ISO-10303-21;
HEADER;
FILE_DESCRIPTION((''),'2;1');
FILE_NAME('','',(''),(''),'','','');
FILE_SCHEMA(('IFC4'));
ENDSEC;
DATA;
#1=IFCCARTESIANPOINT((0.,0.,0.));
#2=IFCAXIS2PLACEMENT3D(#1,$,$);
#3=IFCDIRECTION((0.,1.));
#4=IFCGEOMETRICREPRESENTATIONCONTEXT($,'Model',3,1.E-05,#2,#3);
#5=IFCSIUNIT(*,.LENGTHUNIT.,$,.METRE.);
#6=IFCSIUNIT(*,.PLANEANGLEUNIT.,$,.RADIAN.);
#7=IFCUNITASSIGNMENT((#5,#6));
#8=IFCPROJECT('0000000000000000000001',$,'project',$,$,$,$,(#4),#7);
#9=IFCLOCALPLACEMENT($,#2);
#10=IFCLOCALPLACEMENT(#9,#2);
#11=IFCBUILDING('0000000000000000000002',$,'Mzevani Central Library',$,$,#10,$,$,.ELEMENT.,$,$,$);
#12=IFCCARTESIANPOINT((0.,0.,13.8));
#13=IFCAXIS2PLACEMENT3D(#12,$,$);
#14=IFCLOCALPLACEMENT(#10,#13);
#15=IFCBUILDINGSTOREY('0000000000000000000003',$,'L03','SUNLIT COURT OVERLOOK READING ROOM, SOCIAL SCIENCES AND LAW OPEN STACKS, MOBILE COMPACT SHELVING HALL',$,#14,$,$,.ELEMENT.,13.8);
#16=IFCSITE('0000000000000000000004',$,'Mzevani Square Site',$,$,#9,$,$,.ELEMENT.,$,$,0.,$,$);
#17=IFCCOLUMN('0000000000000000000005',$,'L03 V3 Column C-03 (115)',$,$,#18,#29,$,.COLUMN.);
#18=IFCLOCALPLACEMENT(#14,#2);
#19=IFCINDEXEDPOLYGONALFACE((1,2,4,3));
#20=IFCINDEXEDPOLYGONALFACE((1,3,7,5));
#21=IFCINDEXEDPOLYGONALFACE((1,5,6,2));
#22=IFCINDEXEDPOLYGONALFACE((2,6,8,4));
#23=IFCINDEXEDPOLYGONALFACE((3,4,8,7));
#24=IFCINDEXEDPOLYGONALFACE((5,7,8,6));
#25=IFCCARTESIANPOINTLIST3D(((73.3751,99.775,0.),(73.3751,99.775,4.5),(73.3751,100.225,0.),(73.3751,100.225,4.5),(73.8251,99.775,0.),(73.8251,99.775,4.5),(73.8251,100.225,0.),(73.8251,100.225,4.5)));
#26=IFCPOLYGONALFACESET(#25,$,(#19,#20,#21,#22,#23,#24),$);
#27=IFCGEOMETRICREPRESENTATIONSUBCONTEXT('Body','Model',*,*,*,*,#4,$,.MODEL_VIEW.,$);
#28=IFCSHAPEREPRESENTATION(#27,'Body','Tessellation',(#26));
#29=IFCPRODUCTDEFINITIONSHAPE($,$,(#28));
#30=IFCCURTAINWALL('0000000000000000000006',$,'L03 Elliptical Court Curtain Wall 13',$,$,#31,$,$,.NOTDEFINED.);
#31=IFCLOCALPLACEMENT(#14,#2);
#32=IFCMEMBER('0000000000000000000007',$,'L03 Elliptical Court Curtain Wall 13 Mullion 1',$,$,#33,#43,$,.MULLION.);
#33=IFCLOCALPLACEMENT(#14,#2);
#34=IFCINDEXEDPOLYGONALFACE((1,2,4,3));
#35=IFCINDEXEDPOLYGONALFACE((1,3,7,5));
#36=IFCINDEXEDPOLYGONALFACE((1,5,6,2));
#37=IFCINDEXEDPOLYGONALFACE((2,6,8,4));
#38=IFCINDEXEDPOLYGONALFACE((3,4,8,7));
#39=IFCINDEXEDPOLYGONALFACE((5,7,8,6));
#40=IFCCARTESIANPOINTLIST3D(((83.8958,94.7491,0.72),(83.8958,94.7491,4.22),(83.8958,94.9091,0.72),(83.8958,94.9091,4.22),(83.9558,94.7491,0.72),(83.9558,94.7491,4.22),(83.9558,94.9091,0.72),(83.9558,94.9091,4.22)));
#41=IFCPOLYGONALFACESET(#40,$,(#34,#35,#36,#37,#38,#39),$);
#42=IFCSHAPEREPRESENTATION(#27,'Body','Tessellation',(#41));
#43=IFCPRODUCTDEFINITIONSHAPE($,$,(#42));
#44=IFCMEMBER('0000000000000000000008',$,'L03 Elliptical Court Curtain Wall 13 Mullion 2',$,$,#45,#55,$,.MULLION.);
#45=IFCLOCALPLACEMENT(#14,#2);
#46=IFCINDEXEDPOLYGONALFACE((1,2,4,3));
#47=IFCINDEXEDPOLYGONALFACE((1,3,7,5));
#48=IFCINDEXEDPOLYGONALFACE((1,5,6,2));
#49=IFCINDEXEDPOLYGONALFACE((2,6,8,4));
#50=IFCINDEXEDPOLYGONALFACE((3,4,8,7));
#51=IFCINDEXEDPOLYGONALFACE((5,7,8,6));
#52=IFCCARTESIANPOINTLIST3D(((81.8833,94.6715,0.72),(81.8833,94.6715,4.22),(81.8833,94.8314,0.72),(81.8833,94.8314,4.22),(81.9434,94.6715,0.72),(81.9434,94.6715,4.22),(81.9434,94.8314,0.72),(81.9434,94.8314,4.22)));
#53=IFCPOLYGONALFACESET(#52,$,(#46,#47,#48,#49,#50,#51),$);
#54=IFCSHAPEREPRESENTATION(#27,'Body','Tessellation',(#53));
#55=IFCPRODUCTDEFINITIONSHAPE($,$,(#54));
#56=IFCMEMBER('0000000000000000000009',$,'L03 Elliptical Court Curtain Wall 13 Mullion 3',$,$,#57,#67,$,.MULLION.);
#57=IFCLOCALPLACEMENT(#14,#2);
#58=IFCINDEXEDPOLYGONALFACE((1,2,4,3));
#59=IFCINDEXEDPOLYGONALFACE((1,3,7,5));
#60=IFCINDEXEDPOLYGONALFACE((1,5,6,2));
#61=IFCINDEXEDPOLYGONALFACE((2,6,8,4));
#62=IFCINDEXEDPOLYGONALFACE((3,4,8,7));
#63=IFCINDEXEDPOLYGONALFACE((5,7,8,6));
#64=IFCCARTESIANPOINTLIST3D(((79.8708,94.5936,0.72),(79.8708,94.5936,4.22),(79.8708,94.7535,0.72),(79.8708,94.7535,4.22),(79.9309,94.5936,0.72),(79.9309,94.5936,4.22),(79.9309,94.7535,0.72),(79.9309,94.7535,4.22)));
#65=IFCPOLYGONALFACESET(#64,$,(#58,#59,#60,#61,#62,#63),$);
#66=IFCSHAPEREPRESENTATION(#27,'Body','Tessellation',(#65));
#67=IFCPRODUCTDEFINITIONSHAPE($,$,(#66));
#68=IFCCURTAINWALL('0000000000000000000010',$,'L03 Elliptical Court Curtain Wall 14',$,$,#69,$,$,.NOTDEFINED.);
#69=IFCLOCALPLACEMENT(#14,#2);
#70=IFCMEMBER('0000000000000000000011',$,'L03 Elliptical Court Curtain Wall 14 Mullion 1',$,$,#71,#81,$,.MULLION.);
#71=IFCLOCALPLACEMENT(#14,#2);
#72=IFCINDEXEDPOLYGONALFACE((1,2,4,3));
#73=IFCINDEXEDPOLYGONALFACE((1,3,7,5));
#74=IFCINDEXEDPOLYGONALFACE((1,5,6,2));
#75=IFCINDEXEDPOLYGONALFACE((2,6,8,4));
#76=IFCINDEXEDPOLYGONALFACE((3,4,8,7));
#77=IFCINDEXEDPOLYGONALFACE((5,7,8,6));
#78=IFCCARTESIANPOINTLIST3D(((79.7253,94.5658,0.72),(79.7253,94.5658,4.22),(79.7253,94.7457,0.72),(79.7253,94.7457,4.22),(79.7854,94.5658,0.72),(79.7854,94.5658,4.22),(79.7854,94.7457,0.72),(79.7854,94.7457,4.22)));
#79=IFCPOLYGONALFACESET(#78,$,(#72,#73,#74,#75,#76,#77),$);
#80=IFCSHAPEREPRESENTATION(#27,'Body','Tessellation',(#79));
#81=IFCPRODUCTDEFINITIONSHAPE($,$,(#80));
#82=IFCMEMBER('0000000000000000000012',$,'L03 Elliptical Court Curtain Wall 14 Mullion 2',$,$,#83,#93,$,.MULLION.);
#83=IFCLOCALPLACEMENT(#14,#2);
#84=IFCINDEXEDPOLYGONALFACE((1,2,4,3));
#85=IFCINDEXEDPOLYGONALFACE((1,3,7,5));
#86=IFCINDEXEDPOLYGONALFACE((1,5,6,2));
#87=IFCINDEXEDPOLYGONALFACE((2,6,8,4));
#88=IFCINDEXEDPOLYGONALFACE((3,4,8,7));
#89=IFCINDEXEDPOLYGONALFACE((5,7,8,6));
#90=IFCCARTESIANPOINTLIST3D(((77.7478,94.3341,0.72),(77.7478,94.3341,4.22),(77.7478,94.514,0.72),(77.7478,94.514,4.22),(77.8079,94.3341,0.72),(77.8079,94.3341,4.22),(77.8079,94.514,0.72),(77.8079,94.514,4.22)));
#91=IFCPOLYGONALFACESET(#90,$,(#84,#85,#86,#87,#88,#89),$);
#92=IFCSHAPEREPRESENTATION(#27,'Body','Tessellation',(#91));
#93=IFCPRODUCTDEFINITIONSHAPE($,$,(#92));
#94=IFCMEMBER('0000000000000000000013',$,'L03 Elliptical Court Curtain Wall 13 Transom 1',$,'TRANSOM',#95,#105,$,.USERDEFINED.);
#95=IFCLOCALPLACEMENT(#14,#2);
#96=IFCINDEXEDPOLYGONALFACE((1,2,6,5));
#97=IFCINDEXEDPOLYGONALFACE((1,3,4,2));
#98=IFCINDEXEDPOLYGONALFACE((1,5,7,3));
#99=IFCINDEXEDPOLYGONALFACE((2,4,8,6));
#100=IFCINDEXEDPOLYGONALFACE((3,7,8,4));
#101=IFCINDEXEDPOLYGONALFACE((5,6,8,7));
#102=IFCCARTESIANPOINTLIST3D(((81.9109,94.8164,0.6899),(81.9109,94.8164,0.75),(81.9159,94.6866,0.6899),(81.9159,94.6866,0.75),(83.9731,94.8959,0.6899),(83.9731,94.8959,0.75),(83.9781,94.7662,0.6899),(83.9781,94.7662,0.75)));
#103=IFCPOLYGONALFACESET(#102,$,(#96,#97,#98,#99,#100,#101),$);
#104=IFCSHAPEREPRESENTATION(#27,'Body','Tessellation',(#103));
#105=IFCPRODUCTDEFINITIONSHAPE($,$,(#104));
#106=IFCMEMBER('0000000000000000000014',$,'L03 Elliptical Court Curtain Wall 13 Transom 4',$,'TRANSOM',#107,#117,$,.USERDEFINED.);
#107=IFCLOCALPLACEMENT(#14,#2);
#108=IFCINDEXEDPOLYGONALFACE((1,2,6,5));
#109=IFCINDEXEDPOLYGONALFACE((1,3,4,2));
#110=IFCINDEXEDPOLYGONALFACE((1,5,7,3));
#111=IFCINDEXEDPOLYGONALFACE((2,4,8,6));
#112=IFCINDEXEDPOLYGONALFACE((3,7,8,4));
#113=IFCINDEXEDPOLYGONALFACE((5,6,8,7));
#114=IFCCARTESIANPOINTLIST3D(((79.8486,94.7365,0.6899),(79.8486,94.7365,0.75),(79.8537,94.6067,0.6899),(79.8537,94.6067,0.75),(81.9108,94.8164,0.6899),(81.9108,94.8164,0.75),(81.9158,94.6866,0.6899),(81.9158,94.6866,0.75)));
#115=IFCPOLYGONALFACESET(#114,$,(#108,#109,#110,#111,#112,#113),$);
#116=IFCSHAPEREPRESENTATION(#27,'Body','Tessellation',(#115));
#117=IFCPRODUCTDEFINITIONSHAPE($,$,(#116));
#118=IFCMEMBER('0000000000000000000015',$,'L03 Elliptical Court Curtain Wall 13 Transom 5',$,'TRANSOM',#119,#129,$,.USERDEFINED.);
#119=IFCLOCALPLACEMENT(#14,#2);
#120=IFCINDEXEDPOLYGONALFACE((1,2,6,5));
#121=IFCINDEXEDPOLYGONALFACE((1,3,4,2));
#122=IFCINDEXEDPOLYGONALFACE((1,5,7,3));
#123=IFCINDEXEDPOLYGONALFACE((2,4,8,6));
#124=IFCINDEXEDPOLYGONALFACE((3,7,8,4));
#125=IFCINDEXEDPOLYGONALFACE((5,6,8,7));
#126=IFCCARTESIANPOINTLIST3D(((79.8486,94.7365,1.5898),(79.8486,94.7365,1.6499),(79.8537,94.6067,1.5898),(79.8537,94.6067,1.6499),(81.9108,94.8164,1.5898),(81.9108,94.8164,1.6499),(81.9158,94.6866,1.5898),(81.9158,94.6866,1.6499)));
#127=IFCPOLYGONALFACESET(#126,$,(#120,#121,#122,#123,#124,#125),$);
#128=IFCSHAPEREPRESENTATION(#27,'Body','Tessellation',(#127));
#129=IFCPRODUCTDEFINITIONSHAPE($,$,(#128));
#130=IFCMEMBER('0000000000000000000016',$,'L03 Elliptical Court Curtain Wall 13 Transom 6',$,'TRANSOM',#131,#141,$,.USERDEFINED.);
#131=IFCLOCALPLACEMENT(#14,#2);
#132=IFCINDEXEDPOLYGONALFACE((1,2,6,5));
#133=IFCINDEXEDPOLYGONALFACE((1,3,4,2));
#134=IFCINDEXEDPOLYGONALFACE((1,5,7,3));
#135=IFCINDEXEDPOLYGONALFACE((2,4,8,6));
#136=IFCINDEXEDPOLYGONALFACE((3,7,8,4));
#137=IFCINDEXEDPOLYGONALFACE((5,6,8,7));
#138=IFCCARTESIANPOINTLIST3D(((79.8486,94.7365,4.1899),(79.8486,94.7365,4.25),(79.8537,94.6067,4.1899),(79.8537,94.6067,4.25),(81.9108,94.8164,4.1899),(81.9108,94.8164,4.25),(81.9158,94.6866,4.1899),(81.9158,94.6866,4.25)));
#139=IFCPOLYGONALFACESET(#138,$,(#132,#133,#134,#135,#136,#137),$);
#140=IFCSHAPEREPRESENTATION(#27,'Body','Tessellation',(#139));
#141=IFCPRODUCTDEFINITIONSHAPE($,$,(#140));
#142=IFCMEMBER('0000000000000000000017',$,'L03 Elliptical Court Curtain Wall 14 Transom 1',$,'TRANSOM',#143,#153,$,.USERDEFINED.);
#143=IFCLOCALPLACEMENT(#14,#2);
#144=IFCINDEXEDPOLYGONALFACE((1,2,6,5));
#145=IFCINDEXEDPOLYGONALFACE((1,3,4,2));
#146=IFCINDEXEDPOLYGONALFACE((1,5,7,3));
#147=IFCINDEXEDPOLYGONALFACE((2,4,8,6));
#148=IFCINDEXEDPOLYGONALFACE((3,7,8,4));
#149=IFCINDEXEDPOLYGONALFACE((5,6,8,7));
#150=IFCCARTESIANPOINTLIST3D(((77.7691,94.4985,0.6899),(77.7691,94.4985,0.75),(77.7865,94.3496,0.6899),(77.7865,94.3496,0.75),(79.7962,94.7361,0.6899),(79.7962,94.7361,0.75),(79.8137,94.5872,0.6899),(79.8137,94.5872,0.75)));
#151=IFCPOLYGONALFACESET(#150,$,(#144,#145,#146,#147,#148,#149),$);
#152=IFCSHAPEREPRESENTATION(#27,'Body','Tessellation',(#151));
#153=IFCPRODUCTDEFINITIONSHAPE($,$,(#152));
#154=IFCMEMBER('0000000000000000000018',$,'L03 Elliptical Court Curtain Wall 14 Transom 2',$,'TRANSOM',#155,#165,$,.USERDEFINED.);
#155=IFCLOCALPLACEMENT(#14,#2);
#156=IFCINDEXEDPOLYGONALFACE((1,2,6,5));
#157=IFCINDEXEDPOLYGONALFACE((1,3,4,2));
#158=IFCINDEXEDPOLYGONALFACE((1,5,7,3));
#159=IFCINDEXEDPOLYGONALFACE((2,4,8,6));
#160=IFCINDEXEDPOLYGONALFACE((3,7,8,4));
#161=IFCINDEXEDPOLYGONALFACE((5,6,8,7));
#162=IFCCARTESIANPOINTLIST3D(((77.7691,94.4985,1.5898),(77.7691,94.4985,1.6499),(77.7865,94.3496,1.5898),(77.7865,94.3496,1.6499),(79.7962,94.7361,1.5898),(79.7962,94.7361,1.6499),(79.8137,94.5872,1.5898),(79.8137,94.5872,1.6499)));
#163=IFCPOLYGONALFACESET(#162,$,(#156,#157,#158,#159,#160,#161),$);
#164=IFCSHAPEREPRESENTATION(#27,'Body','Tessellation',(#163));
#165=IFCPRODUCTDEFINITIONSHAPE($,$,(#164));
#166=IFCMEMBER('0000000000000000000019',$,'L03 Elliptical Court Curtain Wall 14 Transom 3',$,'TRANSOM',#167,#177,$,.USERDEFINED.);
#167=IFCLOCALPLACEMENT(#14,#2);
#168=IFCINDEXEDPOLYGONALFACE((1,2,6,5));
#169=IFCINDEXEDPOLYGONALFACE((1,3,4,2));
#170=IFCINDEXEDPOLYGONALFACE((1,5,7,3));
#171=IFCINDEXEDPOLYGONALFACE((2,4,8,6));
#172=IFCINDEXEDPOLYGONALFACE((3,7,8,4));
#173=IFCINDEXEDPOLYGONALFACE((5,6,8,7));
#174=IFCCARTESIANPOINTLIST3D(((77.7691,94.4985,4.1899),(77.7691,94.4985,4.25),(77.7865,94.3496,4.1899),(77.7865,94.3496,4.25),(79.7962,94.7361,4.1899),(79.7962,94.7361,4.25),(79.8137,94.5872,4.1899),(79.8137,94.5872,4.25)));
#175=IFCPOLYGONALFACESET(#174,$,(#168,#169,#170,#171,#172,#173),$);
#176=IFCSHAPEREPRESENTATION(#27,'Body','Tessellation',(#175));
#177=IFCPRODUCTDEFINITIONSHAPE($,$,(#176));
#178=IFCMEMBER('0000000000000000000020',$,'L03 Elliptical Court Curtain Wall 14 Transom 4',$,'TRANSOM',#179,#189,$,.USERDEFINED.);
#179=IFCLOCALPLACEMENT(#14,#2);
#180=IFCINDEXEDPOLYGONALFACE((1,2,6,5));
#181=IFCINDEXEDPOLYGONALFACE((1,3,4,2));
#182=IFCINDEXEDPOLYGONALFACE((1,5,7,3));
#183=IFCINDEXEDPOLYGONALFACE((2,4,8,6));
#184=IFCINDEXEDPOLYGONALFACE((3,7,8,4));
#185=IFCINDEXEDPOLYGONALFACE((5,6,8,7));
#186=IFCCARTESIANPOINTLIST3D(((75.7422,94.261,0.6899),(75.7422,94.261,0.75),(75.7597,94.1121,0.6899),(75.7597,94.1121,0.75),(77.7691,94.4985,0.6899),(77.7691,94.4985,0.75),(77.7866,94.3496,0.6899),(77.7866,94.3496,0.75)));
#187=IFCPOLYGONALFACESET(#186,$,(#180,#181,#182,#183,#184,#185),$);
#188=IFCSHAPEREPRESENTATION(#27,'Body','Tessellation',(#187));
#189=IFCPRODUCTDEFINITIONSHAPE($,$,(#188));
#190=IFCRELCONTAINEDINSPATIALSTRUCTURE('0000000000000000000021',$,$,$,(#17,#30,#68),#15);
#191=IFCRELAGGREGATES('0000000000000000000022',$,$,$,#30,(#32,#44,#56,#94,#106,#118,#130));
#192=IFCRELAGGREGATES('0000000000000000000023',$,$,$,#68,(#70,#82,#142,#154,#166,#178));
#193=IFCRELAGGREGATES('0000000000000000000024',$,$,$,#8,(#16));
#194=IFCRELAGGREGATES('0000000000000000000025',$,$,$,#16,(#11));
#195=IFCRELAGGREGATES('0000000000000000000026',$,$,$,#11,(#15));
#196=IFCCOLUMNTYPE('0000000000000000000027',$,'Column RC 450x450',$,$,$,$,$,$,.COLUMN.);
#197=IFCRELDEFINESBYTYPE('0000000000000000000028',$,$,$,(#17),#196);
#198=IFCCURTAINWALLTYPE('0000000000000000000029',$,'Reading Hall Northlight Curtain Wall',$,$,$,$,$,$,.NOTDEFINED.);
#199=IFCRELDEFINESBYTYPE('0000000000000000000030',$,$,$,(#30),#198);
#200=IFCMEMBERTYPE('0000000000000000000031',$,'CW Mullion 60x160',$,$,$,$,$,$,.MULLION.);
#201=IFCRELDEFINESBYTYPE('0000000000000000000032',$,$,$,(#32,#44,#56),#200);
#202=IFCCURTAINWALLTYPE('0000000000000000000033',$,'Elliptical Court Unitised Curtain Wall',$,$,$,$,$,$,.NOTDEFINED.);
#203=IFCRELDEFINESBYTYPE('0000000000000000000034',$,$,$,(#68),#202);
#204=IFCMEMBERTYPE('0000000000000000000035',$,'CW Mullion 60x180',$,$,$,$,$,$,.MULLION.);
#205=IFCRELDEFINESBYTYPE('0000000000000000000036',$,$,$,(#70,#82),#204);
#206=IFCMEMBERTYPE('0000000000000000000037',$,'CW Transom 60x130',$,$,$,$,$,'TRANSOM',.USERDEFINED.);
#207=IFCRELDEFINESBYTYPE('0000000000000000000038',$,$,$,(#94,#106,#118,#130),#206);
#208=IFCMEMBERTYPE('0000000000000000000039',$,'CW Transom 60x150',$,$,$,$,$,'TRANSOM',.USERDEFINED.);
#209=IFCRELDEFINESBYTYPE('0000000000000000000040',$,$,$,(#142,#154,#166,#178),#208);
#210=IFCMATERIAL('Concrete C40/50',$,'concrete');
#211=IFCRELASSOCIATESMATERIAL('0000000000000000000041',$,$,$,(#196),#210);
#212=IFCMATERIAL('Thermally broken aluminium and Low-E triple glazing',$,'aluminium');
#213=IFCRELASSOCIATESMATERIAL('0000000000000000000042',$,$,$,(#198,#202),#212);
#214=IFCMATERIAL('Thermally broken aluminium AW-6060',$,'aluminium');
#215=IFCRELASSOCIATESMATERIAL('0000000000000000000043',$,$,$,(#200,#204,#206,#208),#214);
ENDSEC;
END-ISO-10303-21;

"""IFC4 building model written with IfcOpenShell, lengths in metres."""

from ifc_helpers import new_model, si_unit, direction, frame, origin, origin_2d, place, context, subcontext, project, spatial, rectangle, extrude, material, material_profile, profile_set, type_object, element, aggregate, save


model = new_model("IFC4")

# Units and contexts
model_context = context("Model", 3, precision=1e-05, world=origin(), true_north=direction((0.0, 1.0)))
body_context = subcontext(model_context, "Body", "Model", "MODEL_VIEW")
ifc_project = project(units=[si_unit("LENGTHUNIT", "METRE"), si_unit("PLANEANGLEUNIT", "RADIAN")], contexts=[model_context])

# Site, building, storey
site_placement = place(None, origin())
site = spatial("IfcSite", under=ifc_project, at=site_placement, Name="Mzevani Square Site", CompositionType="ELEMENT", RefElevation=0.0)
building_placement = place(site_placement, origin())
building = spatial("IfcBuilding", under=site, at=building_placement, Name="Mzevani Central Library", CompositionType="ELEMENT")
storey_placement = place(building_placement, frame((0.0, 0.0, 13.8)))
storey = spatial("IfcBuildingStorey", under=building, at=storey_placement, Name="L03", Description="SUNLIT COURT OVERLOOK READING ROOM, SOCIAL SCIENCES AND LAW OPEN STACKS, MOBILE COMPACT SHELVING HALL", CompositionType="ELEMENT", Elevation=13.8)

# Column
ifc_material_1 = material(Name="Concrete C40/50", Category="concrete")
ifc_material_profile_1 = material_profile(ifc_material_1, rectangle(XDim=0.45, YDim=0.45, at=origin_2d()), Name="RC 450x450")
ifc_profile_set_1 = profile_set([ifc_material_profile_1], Name="Concrete C40/50")
column_type = type_object("IfcColumnType", Name="Column RC 450x450", PredefinedType="COLUMN", material=ifc_profile_set_1)
column_placement = place(storey_placement, frame((73.6001, 100.0, 0.0), z_axis=(0.0, 0.0, 1.0), x_axis=(1.0, 0.0, 0.0)))
element("IfcColumn", 1, at=column_placement, inside=storey, type_object=column_type, Name="L03 V3 Column C-03 (115)", PredefinedType="COLUMN", context=body_context, shape_type="SweptSolid", body=[
    extrude(rectangle(XDim=0.45, YDim=0.45, at=origin_2d()), origin(), (0.0, 0.0, 1.0), 4.5),
])

# Curtain walls, members
ifc_material_2 = material(Name="Thermally broken aluminium and Low-E triple glazing", Category="aluminium")
curtain_wall_type_1 = type_object("IfcCurtainWallType", Name="Reading Hall Northlight Curtain Wall", PredefinedType="NOTDEFINED", material=ifc_material_2)
curtain_wall_1_placement = place(storey_placement, origin())
curtain_wall_1 = element("IfcCurtainWall", 2, at=curtain_wall_1_placement, inside=storey, type_object=curtain_wall_type_1, Name="L03 Elliptical Court Curtain Wall 13", PredefinedType="NOTDEFINED")
ifc_material_3 = material(Name="Thermally broken aluminium AW-6060", Category="aluminium")
ifc_material_profile_2 = material_profile(ifc_material_3, rectangle(XDim=0.0601, YDim=0.1599, at=origin_2d()), Name="ALU M60x160")
ifc_profile_set_2 = profile_set([ifc_material_profile_2], Name="Thermally broken aluminium AW-6060")
member_type_1 = type_object("IfcMemberType", Name="CW Mullion 60x160", PredefinedType="MULLION", material=ifc_profile_set_2)
member_1_placement = place(storey_placement, frame((83.9258, 94.8291, 0.72), z_axis=(0.0, 0.0, 1.0), x_axis=(1.0, 0.0, 0.0)))
member_1 = element("IfcMember", 3, at=member_1_placement, type_object=member_type_1, Name="L03 Elliptical Court Curtain Wall 13 Mullion 1", PredefinedType="MULLION", context=body_context, shape_type="SweptSolid", body=[
    extrude(rectangle(XDim=0.0601, YDim=0.1599, at=origin_2d()), origin(), (0.0, 0.0, 1.0), 3.5),
])
member_2_placement = place(storey_placement, frame((81.9133, 94.7515, 0.72), z_axis=(0.0, 0.0, 1.0), x_axis=(1.0, 0.0, 0.0)))
member_2 = element("IfcMember", 4, at=member_2_placement, type_object=member_type_1, Name="L03 Elliptical Court Curtain Wall 13 Mullion 2", PredefinedType="MULLION", context=body_context, shape_type="SweptSolid", body=[
    extrude(rectangle(XDim=0.0601, YDim=0.1599, at=origin_2d()), origin(), (0.0, 0.0, 1.0), 3.5),
])
member_3_placement = place(storey_placement, frame((79.9009, 94.6736, 0.72), z_axis=(0.0, 0.0, 1.0), x_axis=(1.0, 0.0, 0.0)))
member_3 = element("IfcMember", 5, at=member_3_placement, type_object=member_type_1, Name="L03 Elliptical Court Curtain Wall 13 Mullion 3", PredefinedType="MULLION", context=body_context, shape_type="SweptSolid", body=[
    extrude(rectangle(XDim=0.0601, YDim=0.1599, at=origin_2d()), origin(), (0.0, 0.0, 1.0), 3.5),
])
curtain_wall_type_2 = type_object("IfcCurtainWallType", Name="Elliptical Court Unitised Curtain Wall", PredefinedType="NOTDEFINED", material=ifc_material_2)
curtain_wall_2_placement = place(storey_placement, origin())
curtain_wall_2 = element("IfcCurtainWall", 6, at=curtain_wall_2_placement, inside=storey, type_object=curtain_wall_type_2, Name="L03 Elliptical Court Curtain Wall 14", PredefinedType="NOTDEFINED")
ifc_material_profile_3 = material_profile(ifc_material_3, rectangle(XDim=0.0601, YDim=0.1799, at=origin_2d()), Name="ALU M60x180")
ifc_profile_set_3 = profile_set([ifc_material_profile_3], Name="Thermally broken aluminium AW-6060")
member_type_2 = type_object("IfcMemberType", Name="CW Mullion 60x180", PredefinedType="MULLION", material=ifc_profile_set_3)
member_4_placement = place(storey_placement, frame((79.7554, 94.6558, 0.72), z_axis=(0.0, 0.0, 1.0), x_axis=(1.0, 0.0, 0.0)))
member_4 = element("IfcMember", 7, at=member_4_placement, type_object=member_type_2, Name="L03 Elliptical Court Curtain Wall 14 Mullion 1", PredefinedType="MULLION", context=body_context, shape_type="SweptSolid", body=[
    extrude(rectangle(XDim=0.0601, YDim=0.1799, at=origin_2d()), origin(), (0.0, 0.0, 1.0), 3.5),
])
member_5_placement = place(storey_placement, frame((77.7778, 94.4241, 0.72), z_axis=(0.0, 0.0, 1.0), x_axis=(1.0, 0.0, 0.0)))
member_5 = element("IfcMember", 8, at=member_5_placement, type_object=member_type_2, Name="L03 Elliptical Court Curtain Wall 14 Mullion 2", PredefinedType="MULLION", context=body_context, shape_type="SweptSolid", body=[
    extrude(rectangle(XDim=0.0601, YDim=0.1799, at=origin_2d()), origin(), (0.0, 0.0, 1.0), 3.5),
])

# Members
ifc_material_profile_4 = material_profile(ifc_material_3, rectangle(XDim=0.1299, YDim=0.0601, at=origin_2d()), Name="ALU T60x130")
ifc_profile_set_4 = profile_set([ifc_material_profile_4], Name="Thermally broken aluminium AW-6060")
member_type_3 = type_object("IfcMemberType", Name="CW Transom 60x130", ElementType="TRANSOM", PredefinedType="USERDEFINED", material=ifc_profile_set_4)
member_6_placement = place(storey_placement, frame((83.9756, 94.8311, 0.72), z_axis=(-0.999256, -0.038565, 0.0), x_axis=(0.038565, -0.999256, 0.0)))
member_6 = element("IfcMember", 9, at=member_6_placement, type_object=member_type_3, Name="L03 Elliptical Court Curtain Wall 13 Transom 1", ObjectType="TRANSOM", PredefinedType="USERDEFINED", context=body_context, shape_type="SweptSolid", body=[
    extrude(rectangle(XDim=0.1299, YDim=0.0601, at=origin_2d()), origin(), (0.0, 0.0, 1.0), 2.0637),
])
member_7_placement = place(storey_placement, frame((81.9133, 94.7515, 0.72), z_axis=(-0.999252, -0.038683, 0.0), x_axis=(0.038683, -0.999252, 0.0)))
member_7 = element("IfcMember", 10, at=member_7_placement, type_object=member_type_3, Name="L03 Elliptical Court Curtain Wall 13 Transom 4", ObjectType="TRANSOM", PredefinedType="USERDEFINED", context=body_context, shape_type="SweptSolid", body=[
    extrude(rectangle(XDim=0.1299, YDim=0.0601, at=origin_2d()), origin(), (0.0, 0.0, 1.0), 2.0637),
])
member_8_placement = place(storey_placement, frame((81.9133, 94.7515, 1.6199), z_axis=(-0.999252, -0.038683, 0.0), x_axis=(0.038683, -0.999252, 0.0)))
member_8 = element("IfcMember", 11, at=member_8_placement, type_object=member_type_3, Name="L03 Elliptical Court Curtain Wall 13 Transom 5", ObjectType="TRANSOM", PredefinedType="USERDEFINED", context=body_context, shape_type="SweptSolid", body=[
    extrude(rectangle(XDim=0.1299, YDim=0.0601, at=origin_2d()), origin(), (0.0, 0.0, 1.0), 2.0637),
])
member_9_placement = place(storey_placement, frame((81.9133, 94.7515, 4.22), z_axis=(-0.999252, -0.038683, 0.0), x_axis=(0.038683, -0.999252, 0.0)))
member_9 = element("IfcMember", 12, at=member_9_placement, type_object=member_type_3, Name="L03 Elliptical Court Curtain Wall 13 Transom 6", ObjectType="TRANSOM", PredefinedType="USERDEFINED", context=body_context, shape_type="SweptSolid", body=[
    extrude(rectangle(XDim=0.1299, YDim=0.0601, at=origin_2d()), origin(), (0.0, 0.0, 1.0), 2.0637),
])
ifc_material_profile_5 = material_profile(ifc_material_3, rectangle(XDim=0.1499, YDim=0.0601, at=origin_2d()), Name="ALU T60x150")
ifc_profile_set_5 = profile_set([ifc_material_profile_5], Name="Thermally broken aluminium AW-6060")
member_type_4 = type_object("IfcMemberType", Name="CW Transom 60x150", ElementType="TRANSOM", PredefinedType="USERDEFINED", material=ifc_profile_set_5)
member_10_placement = place(storey_placement, frame((79.8049, 94.6616, 0.72), z_axis=(-0.993204, -0.11639, 0.0), x_axis=(0.11639, -0.993204, 0.0)))
member_10 = element("IfcMember", 13, at=member_10_placement, type_object=member_type_4, Name="L03 Elliptical Court Curtain Wall 14 Transom 1", ObjectType="TRANSOM", PredefinedType="USERDEFINED", context=body_context, shape_type="SweptSolid", body=[
    extrude(rectangle(XDim=0.1499, YDim=0.0601, at=origin_2d()), origin(), (0.0, 0.0, 1.0), 2.041),
])
member_11_placement = place(storey_placement, frame((79.8049, 94.6616, 1.6199), z_axis=(-0.993204, -0.11639, 0.0), x_axis=(0.11639, -0.993204, 0.0)))
member_11 = element("IfcMember", 14, at=member_11_placement, type_object=member_type_4, Name="L03 Elliptical Court Curtain Wall 14 Transom 2", ObjectType="TRANSOM", PredefinedType="USERDEFINED", context=body_context, shape_type="SweptSolid", body=[
    extrude(rectangle(XDim=0.1499, YDim=0.0601, at=origin_2d()), origin(), (0.0, 0.0, 1.0), 2.041),
])
member_12_placement = place(storey_placement, frame((79.8049, 94.6616, 4.22), z_axis=(-0.993204, -0.11639, 0.0), x_axis=(0.11639, -0.993204, 0.0)))
member_12 = element("IfcMember", 15, at=member_12_placement, type_object=member_type_4, Name="L03 Elliptical Court Curtain Wall 14 Transom 3", ObjectType="TRANSOM", PredefinedType="USERDEFINED", context=body_context, shape_type="SweptSolid", body=[
    extrude(rectangle(XDim=0.1499, YDim=0.0601, at=origin_2d()), origin(), (0.0, 0.0, 1.0), 2.041),
])
member_13_placement = place(storey_placement, frame((77.7778, 94.4241, 0.72), z_axis=(-0.993202, -0.116404, 0.0), x_axis=(0.116404, -0.993202, 0.0)))
member_13 = element("IfcMember", 16, at=member_13_placement, type_object=member_type_4, Name="L03 Elliptical Court Curtain Wall 14 Transom 4", ObjectType="TRANSOM", PredefinedType="USERDEFINED", context=body_context, shape_type="SweptSolid", body=[
    extrude(rectangle(XDim=0.1499, YDim=0.0601, at=origin_2d()), origin(), (0.0, 0.0, 1.0), 2.0408),
])

aggregate(curtain_wall_1, [member_1, member_2, member_3, member_6, member_7, member_8, member_9])
aggregate(curtain_wall_2, [member_4, member_5, member_10, member_11, member_12, member_13])

save(model, "model.ifc")
